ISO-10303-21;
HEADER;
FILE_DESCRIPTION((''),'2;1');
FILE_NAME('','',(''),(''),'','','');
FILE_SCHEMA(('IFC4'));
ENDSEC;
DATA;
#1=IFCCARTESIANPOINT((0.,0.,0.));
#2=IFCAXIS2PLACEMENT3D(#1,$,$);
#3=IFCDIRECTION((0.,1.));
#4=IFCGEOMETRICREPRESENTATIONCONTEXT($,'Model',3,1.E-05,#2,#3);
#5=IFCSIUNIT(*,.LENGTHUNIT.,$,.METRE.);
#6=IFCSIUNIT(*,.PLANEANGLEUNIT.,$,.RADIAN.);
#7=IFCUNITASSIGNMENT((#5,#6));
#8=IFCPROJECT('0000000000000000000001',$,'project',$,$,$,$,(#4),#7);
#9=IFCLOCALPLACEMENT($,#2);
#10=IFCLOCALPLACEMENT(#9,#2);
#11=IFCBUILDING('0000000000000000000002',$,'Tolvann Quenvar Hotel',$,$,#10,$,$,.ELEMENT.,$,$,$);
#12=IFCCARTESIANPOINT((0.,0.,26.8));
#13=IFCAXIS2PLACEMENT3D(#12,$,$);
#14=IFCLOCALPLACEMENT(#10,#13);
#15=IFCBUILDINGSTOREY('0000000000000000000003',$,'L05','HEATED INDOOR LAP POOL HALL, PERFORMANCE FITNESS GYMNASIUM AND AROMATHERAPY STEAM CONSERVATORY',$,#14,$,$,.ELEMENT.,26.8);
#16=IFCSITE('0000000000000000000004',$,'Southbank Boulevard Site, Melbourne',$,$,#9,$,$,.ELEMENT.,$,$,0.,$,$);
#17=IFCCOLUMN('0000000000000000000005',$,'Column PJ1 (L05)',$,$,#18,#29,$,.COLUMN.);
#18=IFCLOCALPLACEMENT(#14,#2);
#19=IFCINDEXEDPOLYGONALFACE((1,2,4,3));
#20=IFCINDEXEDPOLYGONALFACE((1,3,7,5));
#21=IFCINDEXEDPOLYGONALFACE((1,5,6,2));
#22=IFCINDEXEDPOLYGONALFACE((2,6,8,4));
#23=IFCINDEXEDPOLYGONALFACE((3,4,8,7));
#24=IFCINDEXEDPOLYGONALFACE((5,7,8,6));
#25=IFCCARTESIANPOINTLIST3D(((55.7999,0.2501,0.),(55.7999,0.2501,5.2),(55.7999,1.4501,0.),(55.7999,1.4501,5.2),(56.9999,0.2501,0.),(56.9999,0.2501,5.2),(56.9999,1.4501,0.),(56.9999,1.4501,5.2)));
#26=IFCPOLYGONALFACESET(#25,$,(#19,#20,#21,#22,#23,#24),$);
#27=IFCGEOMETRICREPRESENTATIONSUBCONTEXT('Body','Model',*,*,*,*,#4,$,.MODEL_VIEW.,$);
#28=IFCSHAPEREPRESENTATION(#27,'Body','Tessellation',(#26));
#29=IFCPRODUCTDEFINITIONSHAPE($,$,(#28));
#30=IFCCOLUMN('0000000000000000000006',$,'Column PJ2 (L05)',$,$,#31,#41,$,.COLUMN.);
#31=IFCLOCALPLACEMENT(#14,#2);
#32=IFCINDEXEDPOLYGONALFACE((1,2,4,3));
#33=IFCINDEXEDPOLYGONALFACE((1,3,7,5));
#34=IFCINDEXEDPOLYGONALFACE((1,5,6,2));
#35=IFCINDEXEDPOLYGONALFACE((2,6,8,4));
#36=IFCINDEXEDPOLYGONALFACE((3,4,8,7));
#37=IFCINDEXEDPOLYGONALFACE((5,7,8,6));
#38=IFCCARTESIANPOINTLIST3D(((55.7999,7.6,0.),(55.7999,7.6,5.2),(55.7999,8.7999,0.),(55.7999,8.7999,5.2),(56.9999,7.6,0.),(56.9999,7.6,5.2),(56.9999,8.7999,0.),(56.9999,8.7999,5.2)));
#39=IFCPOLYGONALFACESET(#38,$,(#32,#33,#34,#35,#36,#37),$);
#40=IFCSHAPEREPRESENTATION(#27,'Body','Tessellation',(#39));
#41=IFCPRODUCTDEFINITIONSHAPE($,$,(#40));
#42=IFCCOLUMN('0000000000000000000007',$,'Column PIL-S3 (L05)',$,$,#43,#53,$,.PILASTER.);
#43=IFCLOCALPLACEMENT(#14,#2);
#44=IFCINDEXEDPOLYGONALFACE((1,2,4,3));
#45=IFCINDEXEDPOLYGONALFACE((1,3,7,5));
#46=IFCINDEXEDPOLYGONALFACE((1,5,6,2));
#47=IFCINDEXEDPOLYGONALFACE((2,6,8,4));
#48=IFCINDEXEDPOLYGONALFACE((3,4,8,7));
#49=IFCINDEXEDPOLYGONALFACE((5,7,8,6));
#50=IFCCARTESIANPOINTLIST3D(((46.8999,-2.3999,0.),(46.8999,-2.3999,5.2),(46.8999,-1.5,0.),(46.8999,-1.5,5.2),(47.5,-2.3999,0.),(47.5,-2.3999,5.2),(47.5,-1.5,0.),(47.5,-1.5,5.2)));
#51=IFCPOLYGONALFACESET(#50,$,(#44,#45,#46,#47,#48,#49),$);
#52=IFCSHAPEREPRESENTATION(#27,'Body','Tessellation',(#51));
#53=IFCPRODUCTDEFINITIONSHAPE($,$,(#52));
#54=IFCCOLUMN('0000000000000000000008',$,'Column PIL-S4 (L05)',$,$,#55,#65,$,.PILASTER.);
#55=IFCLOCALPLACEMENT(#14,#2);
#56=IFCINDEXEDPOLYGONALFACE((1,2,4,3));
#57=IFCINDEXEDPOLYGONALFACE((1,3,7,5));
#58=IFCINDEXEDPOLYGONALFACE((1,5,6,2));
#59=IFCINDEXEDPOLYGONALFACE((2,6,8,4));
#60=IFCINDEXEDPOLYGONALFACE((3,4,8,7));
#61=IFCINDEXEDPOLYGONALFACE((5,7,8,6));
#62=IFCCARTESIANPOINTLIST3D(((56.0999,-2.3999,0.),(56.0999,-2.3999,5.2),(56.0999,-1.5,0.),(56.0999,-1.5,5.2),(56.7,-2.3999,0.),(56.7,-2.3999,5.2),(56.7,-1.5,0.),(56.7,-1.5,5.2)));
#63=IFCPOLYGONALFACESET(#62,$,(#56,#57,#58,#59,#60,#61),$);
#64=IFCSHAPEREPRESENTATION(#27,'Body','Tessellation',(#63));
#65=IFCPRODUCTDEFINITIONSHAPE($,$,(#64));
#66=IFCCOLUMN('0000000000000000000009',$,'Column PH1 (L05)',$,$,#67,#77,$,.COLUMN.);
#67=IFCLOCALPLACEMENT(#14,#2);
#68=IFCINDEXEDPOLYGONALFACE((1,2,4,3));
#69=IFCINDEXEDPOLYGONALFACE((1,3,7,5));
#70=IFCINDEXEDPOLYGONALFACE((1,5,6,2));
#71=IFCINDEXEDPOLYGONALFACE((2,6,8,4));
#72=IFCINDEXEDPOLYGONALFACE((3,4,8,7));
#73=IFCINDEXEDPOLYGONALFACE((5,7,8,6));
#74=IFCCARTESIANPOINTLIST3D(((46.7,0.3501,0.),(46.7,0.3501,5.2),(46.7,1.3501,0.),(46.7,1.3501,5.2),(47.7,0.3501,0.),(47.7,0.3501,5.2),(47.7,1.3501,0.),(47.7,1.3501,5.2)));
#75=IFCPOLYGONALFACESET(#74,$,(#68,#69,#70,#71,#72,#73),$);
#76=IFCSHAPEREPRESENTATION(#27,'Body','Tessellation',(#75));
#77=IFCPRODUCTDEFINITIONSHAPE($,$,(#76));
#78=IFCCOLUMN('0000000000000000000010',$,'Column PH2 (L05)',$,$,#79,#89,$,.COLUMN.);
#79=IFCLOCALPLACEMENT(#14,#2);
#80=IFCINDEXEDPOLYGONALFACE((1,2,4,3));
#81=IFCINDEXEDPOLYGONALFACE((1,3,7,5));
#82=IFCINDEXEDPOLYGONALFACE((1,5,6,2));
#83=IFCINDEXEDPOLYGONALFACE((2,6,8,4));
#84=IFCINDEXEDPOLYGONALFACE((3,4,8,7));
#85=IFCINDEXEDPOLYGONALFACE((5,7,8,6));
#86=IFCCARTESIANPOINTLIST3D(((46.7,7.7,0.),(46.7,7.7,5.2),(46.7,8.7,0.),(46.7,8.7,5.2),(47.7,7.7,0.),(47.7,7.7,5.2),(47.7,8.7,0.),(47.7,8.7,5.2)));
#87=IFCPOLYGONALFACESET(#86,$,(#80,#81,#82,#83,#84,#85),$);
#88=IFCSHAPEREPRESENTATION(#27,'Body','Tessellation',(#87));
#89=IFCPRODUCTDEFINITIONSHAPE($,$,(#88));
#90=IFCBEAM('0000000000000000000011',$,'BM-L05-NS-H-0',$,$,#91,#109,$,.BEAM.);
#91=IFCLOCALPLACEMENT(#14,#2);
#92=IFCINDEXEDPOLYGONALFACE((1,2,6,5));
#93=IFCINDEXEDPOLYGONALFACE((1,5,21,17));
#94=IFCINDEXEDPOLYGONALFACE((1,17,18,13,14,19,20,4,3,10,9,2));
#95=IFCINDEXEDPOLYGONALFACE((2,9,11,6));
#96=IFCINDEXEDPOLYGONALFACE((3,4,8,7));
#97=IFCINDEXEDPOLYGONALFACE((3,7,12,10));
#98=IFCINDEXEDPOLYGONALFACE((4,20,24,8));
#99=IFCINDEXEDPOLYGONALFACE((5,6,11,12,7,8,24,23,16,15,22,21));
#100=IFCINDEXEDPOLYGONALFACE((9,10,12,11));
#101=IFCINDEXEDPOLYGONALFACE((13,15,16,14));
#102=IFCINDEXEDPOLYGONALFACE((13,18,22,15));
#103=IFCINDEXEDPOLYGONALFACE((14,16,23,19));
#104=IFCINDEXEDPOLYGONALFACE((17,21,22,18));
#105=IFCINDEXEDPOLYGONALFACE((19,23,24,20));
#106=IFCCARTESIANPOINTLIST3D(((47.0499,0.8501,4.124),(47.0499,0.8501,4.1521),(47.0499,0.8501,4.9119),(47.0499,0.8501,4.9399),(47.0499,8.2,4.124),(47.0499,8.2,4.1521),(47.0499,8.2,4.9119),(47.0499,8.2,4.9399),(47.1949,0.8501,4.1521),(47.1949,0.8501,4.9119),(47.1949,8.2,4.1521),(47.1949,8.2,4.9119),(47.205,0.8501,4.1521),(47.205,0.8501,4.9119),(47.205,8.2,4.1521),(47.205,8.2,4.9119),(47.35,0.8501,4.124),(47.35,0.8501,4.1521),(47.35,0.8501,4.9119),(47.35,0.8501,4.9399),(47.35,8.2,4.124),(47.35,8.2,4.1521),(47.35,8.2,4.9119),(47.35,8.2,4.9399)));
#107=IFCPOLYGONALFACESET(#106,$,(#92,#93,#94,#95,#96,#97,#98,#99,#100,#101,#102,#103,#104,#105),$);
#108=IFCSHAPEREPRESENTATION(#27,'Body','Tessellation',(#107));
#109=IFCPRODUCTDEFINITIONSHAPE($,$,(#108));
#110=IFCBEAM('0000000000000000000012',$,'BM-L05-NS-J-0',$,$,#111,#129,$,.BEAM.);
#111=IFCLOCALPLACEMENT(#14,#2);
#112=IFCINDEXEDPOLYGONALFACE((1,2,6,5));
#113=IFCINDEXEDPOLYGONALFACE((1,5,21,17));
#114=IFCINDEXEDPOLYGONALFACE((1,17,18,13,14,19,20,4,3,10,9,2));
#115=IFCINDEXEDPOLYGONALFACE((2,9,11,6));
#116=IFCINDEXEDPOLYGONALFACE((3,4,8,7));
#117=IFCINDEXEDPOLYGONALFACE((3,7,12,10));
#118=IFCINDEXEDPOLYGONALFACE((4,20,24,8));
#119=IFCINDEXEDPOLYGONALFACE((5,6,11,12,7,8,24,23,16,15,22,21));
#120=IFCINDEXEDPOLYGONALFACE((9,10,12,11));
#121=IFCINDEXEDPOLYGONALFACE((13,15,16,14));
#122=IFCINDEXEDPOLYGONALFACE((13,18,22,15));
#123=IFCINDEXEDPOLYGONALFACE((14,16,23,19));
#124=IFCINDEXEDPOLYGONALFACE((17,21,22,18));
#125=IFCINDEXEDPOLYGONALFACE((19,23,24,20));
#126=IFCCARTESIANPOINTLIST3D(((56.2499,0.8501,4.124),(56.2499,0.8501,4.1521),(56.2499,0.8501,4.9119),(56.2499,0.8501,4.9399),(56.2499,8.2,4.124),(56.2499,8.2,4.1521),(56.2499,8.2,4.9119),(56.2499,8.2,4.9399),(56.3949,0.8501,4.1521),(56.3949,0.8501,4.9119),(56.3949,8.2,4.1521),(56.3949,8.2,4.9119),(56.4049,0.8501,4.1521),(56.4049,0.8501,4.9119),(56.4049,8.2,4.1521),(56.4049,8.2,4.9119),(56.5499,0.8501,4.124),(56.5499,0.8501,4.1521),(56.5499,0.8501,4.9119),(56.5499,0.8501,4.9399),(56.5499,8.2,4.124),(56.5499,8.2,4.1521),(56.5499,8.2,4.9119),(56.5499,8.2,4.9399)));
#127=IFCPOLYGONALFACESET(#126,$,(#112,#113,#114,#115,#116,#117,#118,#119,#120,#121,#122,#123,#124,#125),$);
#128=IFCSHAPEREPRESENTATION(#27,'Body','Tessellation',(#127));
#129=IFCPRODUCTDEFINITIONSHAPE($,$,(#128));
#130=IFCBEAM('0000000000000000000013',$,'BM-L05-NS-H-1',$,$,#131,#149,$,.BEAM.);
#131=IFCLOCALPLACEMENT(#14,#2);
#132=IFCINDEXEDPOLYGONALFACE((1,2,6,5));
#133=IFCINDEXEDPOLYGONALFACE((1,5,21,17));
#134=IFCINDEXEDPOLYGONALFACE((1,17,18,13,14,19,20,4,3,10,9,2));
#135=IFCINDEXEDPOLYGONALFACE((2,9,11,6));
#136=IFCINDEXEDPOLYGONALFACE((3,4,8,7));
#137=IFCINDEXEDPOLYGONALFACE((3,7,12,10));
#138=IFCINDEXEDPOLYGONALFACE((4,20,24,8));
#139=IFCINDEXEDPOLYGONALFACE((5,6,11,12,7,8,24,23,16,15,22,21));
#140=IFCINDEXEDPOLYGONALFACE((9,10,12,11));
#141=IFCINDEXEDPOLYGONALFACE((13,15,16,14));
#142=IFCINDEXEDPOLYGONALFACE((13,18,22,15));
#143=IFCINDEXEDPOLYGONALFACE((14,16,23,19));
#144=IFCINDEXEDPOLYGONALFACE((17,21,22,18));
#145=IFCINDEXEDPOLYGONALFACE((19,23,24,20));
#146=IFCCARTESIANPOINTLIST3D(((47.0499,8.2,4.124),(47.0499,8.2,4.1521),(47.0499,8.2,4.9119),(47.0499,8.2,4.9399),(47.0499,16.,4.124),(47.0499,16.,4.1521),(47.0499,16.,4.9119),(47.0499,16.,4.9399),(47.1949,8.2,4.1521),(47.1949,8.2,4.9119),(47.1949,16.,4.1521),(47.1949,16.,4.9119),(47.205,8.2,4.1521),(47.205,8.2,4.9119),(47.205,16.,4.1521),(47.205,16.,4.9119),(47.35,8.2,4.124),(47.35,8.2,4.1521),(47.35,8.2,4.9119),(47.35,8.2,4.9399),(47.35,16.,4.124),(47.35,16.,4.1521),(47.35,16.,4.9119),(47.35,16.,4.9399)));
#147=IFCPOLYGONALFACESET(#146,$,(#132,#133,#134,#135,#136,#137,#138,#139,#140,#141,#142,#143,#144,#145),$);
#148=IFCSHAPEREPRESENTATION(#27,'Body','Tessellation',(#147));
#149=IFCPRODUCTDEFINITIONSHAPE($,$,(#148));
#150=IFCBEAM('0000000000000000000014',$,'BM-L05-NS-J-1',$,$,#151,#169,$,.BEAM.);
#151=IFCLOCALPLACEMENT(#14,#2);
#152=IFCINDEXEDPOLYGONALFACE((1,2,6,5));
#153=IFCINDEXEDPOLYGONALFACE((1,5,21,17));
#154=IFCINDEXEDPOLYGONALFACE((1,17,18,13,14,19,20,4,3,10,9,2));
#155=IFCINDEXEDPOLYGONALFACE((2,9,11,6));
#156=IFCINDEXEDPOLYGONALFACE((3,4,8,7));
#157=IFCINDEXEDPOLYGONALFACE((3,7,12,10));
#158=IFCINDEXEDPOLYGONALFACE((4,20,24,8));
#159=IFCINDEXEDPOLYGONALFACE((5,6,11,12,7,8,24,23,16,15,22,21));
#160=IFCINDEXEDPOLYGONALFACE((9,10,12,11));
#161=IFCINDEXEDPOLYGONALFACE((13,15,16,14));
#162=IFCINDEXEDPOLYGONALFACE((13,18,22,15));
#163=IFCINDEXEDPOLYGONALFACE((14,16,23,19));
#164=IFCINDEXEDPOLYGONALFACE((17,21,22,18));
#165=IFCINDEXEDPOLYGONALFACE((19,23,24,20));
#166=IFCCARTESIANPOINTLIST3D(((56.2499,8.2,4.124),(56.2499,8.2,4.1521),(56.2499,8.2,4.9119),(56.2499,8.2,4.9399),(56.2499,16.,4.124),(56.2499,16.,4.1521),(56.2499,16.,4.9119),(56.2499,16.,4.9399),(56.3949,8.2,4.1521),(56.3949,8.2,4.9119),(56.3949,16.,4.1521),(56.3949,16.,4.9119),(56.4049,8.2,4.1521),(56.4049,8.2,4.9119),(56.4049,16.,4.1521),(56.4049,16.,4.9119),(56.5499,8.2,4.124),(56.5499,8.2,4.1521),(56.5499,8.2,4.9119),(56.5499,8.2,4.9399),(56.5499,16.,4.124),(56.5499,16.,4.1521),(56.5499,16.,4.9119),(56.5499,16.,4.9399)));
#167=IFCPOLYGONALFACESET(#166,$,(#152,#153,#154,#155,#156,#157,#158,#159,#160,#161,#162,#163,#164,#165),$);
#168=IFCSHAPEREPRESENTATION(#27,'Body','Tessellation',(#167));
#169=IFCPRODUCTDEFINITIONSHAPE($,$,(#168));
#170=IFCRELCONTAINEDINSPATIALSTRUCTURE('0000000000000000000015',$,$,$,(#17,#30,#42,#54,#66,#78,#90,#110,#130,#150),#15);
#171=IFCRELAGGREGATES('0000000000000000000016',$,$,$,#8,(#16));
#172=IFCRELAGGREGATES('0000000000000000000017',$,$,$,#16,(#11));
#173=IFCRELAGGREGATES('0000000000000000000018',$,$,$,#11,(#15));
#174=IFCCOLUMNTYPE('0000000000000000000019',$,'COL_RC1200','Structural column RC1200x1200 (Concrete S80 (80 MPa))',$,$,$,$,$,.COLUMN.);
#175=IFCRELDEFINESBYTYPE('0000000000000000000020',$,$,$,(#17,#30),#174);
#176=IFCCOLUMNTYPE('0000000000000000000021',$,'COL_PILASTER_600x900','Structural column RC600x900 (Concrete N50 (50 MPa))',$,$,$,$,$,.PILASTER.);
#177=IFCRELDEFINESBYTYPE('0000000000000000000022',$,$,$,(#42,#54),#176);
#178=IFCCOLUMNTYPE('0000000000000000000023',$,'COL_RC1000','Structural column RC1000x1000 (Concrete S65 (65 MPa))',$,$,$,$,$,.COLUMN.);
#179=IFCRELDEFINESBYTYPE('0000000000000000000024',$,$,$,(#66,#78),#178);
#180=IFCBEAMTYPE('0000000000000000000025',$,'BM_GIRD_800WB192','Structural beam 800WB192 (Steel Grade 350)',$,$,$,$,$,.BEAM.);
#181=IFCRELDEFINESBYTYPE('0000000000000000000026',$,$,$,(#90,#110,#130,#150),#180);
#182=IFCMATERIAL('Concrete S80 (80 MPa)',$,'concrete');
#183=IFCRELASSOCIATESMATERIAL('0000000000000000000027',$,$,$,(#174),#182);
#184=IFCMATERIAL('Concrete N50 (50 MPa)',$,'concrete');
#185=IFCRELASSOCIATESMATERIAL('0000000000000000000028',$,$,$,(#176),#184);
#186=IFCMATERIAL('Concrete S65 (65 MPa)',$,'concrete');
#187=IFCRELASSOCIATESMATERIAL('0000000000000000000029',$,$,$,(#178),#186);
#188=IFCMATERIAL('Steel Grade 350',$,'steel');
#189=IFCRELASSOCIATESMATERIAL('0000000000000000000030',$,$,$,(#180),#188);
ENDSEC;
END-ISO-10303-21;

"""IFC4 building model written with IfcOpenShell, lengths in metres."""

from ifc_helpers import new_model, si_unit, direction, frame, origin, origin_2d, place, context, subcontext, project, spatial, rectangle, i_section, extrude, source, transform, mapped, material, material_profile, profile_set, type_object, type_shapes, element, save


model = new_model("IFC4")

# Units and contexts
model_context = context("Model", 3, precision=1e-05, world=origin(), true_north=direction((0.0, 1.0)))
body_context = subcontext(model_context, "Body", "Model", "MODEL_VIEW")
ifc_project = project(units=[si_unit("LENGTHUNIT", "METRE"), si_unit("PLANEANGLEUNIT", "RADIAN")], contexts=[model_context])

# Site, building, storey
site_placement = place(None, origin())
site = spatial("IfcSite", under=ifc_project, at=site_placement, Name="Southbank Boulevard Site, Melbourne", CompositionType="ELEMENT", RefElevation=0.0)
building_placement = place(site_placement, origin())
building = spatial("IfcBuilding", under=site, at=building_placement, Name="Tolvann Quenvar Hotel", CompositionType="ELEMENT")
storey_placement = place(building_placement, frame((0.0, 0.0, 26.8)))
storey = spatial("IfcBuildingStorey", under=building, at=storey_placement, Name="L05", Description="HEATED INDOOR LAP POOL HALL, PERFORMANCE FITNESS GYMNASIUM AND AROMATHERAPY STEAM CONSERVATORY", CompositionType="ELEMENT", Elevation=26.8)

# Columns
ifc_material_1 = material(Name="Concrete S80 (80 MPa)", Category="concrete")
ifc_material_profile_1 = material_profile(ifc_material_1, rectangle(XDim=1.2, YDim=1.2, at=origin_2d()), Name="RC1200x1200")
ifc_profile_set_1 = profile_set([ifc_material_profile_1], Name="Concrete S80 (80 MPa)")
column_type_1 = type_object("IfcColumnType", Name="COL_RC1200", Description="Structural column RC1200x1200 (Concrete S80 (80 MPa))", PredefinedType="COLUMN", material=ifc_profile_set_1)
shared_shape_1 = source(origin(), body_context, "Body", "SweptSolid", [
    extrude(rectangle(XDim=1.2, YDim=1.2, at=origin_2d()), origin(), (0.0, 0.0, 1.0), 5.2),
])
type_shapes(column_type_1, [shared_shape_1])
for number, where, z_axis, x_axis, name in (
    (1, (56.3999, 0.8501, 0.0), (0.0, 0.0, 1.0), (1.0, 0.0, 0.0), "Column PJ1 (L05)"),
    (2, (56.3999, 8.2, 0.0), (0.0, 0.0, 1.0), (1.0, 0.0, 0.0), "Column PJ2 (L05)"),
):
    element("IfcColumn", number, at=place(storey_placement, frame(where, z_axis=z_axis, x_axis=x_axis)), inside=storey, type_object=column_type_1, Name=name, PredefinedType="COLUMN", context=body_context, shape_type="MappedRepresentation", body=[
        mapped(shared_shape_1, transform((0.0, 0.0, 0.0), x_axis=(1.0, 0.0, 0.0), y_axis=(0.0, 1.0, 0.0), z_axis=(0.0, 0.0, 1.0), scale=1.0)),
    ])
ifc_material_2 = material(Name="Concrete N50 (50 MPa)", Category="concrete")
ifc_material_profile_2 = material_profile(ifc_material_2, rectangle(XDim=0.6001, YDim=0.8999, at=origin_2d()), Name="RC600x900")
ifc_profile_set_2 = profile_set([ifc_material_profile_2], Name="Concrete N50 (50 MPa)")
column_type_2 = type_object("IfcColumnType", Name="COL_PILASTER_600x900", Description="Structural column RC600x900 (Concrete N50 (50 MPa))", PredefinedType="PILASTER", material=ifc_profile_set_2)
shared_shape_2 = source(origin(), body_context, "Body", "SweptSolid", [
    extrude(rectangle(XDim=0.6001, YDim=0.8999, at=origin_2d()), origin(), (0.0, 0.0, 1.0), 5.2),
])
type_shapes(column_type_2, [shared_shape_2])
for number, where, z_axis, x_axis, name in (
    (3, (47.2, -1.95, 0.0), (0.0, 0.0, 1.0), (1.0, 0.0, 0.0), "Column PIL-S3 (L05)"),
    (4, (56.3999, -1.95, 0.0), (0.0, 0.0, 1.0), (1.0, 0.0, 0.0), "Column PIL-S4 (L05)"),
):
    element("IfcColumn", number, at=place(storey_placement, frame(where, z_axis=z_axis, x_axis=x_axis)), inside=storey, type_object=column_type_2, Name=name, PredefinedType="PILASTER", context=body_context, shape_type="MappedRepresentation", body=[
        mapped(shared_shape_2, transform((0.0, 0.0, 0.0), x_axis=(1.0, 0.0, 0.0), y_axis=(0.0, 1.0, 0.0), z_axis=(0.0, 0.0, 1.0), scale=1.0)),
    ])
ifc_material_3 = material(Name="Concrete S65 (65 MPa)", Category="concrete")
ifc_material_profile_3 = material_profile(ifc_material_3, rectangle(XDim=1.0, YDim=1.0, at=origin_2d()), Name="RC1000x1000")
ifc_profile_set_3 = profile_set([ifc_material_profile_3], Name="Concrete S65 (65 MPa)")
column_type_3 = type_object("IfcColumnType", Name="COL_RC1000", Description="Structural column RC1000x1000 (Concrete S65 (65 MPa))", PredefinedType="COLUMN", material=ifc_profile_set_3)
shared_shape_3 = source(origin(), body_context, "Body", "SweptSolid", [
    extrude(rectangle(XDim=1.0, YDim=1.0, at=origin_2d()), origin(), (0.0, 0.0, 1.0), 5.2),
])
type_shapes(column_type_3, [shared_shape_3])
for number, where, z_axis, x_axis, name in (
    (5, (47.2, 0.8501, 0.0), (0.0, 0.0, 1.0), (1.0, 0.0, 0.0), "Column PH1 (L05)"),
    (6, (47.2, 8.2, 0.0), (0.0, 0.0, 1.0), (1.0, 0.0, 0.0), "Column PH2 (L05)"),
):
    element("IfcColumn", number, at=place(storey_placement, frame(where, z_axis=z_axis, x_axis=x_axis)), inside=storey, type_object=column_type_3, Name=name, PredefinedType="COLUMN", context=body_context, shape_type="MappedRepresentation", body=[
        mapped(shared_shape_3, transform((0.0, 0.0, 0.0), x_axis=(1.0, 0.0, 0.0), y_axis=(0.0, 1.0, 0.0), z_axis=(0.0, 0.0, 1.0), scale=1.0)),
    ])

# Beams
ifc_material_4 = material(Name="Steel Grade 350", Category="steel")
ifc_material_profile_4 = material_profile(ifc_material_4, i_section(OverallWidth=0.3, OverallDepth=0.8159, WebThickness=0.01, FlangeThickness=0.0281, at=origin_2d()), Name="800WB192")
ifc_profile_set_4 = profile_set([ifc_material_profile_4], Name="Steel Grade 350")
beam_type_1 = type_object("IfcBeamType", Name="BM_GIRD_800WB192", Description="Structural beam 800WB192 (Steel Grade 350)", PredefinedType="BEAM", material=ifc_profile_set_4)
shared_shape_4 = source(origin(), body_context, "Body", "SweptSolid", [
    extrude(i_section(OverallWidth=0.3, OverallDepth=0.8159, WebThickness=0.01, FlangeThickness=0.0281, at=origin_2d()), origin(), (0.0, 0.0, 1.0), 7.3499),
])
for number, where, z_axis, x_axis, name in (
    (7, (47.2, 0.8501, 4.532), (0.0, 1.0, 0.0), (-1.0, 0.0, 0.0), "BM-L05-NS-H-0"),
    (8, (56.3999, 0.8501, 4.532), (0.0, 1.0, 0.0), (-1.0, 0.0, 0.0), "BM-L05-NS-J-0"),
):
    element("IfcBeam", number, at=place(storey_placement, frame(where, z_axis=z_axis, x_axis=x_axis)), inside=storey, type_object=beam_type_1, Name=name, PredefinedType="BEAM", context=body_context, shape_type="MappedRepresentation", body=[
        mapped(shared_shape_4, transform((0.0, 0.0, 0.0), x_axis=(1.0, 0.0, 0.0), y_axis=(0.0, 1.0, 0.0), z_axis=(0.0, 0.0, 1.0), scale=1.0)),
    ])
shared_shape_5 = source(origin(), body_context, "Body", "SweptSolid", [
    extrude(i_section(OverallWidth=0.3, OverallDepth=0.8159, WebThickness=0.01, FlangeThickness=0.0281, at=origin_2d()), origin(), (0.0, 0.0, 1.0), 7.8),
])
type_shapes(beam_type_1, [shared_shape_4, shared_shape_5])
for number, where, z_axis, x_axis, name in (
    (9, (47.2, 8.2, 4.532), (0.0, 1.0, 0.0), (-1.0, 0.0, 0.0), "BM-L05-NS-H-1"),
    (10, (56.3999, 8.2, 4.532), (0.0, 1.0, 0.0), (-1.0, 0.0, 0.0), "BM-L05-NS-J-1"),
):
    element("IfcBeam", number, at=place(storey_placement, frame(where, z_axis=z_axis, x_axis=x_axis)), inside=storey, type_object=beam_type_1, Name=name, PredefinedType="BEAM", context=body_context, shape_type="MappedRepresentation", body=[
        mapped(shared_shape_5, transform((0.0, 0.0, 0.0), x_axis=(1.0, 0.0, 0.0), y_axis=(0.0, 1.0, 0.0), z_axis=(0.0, 0.0, 1.0), scale=1.0)),
    ])

save(model, "model.ifc")
